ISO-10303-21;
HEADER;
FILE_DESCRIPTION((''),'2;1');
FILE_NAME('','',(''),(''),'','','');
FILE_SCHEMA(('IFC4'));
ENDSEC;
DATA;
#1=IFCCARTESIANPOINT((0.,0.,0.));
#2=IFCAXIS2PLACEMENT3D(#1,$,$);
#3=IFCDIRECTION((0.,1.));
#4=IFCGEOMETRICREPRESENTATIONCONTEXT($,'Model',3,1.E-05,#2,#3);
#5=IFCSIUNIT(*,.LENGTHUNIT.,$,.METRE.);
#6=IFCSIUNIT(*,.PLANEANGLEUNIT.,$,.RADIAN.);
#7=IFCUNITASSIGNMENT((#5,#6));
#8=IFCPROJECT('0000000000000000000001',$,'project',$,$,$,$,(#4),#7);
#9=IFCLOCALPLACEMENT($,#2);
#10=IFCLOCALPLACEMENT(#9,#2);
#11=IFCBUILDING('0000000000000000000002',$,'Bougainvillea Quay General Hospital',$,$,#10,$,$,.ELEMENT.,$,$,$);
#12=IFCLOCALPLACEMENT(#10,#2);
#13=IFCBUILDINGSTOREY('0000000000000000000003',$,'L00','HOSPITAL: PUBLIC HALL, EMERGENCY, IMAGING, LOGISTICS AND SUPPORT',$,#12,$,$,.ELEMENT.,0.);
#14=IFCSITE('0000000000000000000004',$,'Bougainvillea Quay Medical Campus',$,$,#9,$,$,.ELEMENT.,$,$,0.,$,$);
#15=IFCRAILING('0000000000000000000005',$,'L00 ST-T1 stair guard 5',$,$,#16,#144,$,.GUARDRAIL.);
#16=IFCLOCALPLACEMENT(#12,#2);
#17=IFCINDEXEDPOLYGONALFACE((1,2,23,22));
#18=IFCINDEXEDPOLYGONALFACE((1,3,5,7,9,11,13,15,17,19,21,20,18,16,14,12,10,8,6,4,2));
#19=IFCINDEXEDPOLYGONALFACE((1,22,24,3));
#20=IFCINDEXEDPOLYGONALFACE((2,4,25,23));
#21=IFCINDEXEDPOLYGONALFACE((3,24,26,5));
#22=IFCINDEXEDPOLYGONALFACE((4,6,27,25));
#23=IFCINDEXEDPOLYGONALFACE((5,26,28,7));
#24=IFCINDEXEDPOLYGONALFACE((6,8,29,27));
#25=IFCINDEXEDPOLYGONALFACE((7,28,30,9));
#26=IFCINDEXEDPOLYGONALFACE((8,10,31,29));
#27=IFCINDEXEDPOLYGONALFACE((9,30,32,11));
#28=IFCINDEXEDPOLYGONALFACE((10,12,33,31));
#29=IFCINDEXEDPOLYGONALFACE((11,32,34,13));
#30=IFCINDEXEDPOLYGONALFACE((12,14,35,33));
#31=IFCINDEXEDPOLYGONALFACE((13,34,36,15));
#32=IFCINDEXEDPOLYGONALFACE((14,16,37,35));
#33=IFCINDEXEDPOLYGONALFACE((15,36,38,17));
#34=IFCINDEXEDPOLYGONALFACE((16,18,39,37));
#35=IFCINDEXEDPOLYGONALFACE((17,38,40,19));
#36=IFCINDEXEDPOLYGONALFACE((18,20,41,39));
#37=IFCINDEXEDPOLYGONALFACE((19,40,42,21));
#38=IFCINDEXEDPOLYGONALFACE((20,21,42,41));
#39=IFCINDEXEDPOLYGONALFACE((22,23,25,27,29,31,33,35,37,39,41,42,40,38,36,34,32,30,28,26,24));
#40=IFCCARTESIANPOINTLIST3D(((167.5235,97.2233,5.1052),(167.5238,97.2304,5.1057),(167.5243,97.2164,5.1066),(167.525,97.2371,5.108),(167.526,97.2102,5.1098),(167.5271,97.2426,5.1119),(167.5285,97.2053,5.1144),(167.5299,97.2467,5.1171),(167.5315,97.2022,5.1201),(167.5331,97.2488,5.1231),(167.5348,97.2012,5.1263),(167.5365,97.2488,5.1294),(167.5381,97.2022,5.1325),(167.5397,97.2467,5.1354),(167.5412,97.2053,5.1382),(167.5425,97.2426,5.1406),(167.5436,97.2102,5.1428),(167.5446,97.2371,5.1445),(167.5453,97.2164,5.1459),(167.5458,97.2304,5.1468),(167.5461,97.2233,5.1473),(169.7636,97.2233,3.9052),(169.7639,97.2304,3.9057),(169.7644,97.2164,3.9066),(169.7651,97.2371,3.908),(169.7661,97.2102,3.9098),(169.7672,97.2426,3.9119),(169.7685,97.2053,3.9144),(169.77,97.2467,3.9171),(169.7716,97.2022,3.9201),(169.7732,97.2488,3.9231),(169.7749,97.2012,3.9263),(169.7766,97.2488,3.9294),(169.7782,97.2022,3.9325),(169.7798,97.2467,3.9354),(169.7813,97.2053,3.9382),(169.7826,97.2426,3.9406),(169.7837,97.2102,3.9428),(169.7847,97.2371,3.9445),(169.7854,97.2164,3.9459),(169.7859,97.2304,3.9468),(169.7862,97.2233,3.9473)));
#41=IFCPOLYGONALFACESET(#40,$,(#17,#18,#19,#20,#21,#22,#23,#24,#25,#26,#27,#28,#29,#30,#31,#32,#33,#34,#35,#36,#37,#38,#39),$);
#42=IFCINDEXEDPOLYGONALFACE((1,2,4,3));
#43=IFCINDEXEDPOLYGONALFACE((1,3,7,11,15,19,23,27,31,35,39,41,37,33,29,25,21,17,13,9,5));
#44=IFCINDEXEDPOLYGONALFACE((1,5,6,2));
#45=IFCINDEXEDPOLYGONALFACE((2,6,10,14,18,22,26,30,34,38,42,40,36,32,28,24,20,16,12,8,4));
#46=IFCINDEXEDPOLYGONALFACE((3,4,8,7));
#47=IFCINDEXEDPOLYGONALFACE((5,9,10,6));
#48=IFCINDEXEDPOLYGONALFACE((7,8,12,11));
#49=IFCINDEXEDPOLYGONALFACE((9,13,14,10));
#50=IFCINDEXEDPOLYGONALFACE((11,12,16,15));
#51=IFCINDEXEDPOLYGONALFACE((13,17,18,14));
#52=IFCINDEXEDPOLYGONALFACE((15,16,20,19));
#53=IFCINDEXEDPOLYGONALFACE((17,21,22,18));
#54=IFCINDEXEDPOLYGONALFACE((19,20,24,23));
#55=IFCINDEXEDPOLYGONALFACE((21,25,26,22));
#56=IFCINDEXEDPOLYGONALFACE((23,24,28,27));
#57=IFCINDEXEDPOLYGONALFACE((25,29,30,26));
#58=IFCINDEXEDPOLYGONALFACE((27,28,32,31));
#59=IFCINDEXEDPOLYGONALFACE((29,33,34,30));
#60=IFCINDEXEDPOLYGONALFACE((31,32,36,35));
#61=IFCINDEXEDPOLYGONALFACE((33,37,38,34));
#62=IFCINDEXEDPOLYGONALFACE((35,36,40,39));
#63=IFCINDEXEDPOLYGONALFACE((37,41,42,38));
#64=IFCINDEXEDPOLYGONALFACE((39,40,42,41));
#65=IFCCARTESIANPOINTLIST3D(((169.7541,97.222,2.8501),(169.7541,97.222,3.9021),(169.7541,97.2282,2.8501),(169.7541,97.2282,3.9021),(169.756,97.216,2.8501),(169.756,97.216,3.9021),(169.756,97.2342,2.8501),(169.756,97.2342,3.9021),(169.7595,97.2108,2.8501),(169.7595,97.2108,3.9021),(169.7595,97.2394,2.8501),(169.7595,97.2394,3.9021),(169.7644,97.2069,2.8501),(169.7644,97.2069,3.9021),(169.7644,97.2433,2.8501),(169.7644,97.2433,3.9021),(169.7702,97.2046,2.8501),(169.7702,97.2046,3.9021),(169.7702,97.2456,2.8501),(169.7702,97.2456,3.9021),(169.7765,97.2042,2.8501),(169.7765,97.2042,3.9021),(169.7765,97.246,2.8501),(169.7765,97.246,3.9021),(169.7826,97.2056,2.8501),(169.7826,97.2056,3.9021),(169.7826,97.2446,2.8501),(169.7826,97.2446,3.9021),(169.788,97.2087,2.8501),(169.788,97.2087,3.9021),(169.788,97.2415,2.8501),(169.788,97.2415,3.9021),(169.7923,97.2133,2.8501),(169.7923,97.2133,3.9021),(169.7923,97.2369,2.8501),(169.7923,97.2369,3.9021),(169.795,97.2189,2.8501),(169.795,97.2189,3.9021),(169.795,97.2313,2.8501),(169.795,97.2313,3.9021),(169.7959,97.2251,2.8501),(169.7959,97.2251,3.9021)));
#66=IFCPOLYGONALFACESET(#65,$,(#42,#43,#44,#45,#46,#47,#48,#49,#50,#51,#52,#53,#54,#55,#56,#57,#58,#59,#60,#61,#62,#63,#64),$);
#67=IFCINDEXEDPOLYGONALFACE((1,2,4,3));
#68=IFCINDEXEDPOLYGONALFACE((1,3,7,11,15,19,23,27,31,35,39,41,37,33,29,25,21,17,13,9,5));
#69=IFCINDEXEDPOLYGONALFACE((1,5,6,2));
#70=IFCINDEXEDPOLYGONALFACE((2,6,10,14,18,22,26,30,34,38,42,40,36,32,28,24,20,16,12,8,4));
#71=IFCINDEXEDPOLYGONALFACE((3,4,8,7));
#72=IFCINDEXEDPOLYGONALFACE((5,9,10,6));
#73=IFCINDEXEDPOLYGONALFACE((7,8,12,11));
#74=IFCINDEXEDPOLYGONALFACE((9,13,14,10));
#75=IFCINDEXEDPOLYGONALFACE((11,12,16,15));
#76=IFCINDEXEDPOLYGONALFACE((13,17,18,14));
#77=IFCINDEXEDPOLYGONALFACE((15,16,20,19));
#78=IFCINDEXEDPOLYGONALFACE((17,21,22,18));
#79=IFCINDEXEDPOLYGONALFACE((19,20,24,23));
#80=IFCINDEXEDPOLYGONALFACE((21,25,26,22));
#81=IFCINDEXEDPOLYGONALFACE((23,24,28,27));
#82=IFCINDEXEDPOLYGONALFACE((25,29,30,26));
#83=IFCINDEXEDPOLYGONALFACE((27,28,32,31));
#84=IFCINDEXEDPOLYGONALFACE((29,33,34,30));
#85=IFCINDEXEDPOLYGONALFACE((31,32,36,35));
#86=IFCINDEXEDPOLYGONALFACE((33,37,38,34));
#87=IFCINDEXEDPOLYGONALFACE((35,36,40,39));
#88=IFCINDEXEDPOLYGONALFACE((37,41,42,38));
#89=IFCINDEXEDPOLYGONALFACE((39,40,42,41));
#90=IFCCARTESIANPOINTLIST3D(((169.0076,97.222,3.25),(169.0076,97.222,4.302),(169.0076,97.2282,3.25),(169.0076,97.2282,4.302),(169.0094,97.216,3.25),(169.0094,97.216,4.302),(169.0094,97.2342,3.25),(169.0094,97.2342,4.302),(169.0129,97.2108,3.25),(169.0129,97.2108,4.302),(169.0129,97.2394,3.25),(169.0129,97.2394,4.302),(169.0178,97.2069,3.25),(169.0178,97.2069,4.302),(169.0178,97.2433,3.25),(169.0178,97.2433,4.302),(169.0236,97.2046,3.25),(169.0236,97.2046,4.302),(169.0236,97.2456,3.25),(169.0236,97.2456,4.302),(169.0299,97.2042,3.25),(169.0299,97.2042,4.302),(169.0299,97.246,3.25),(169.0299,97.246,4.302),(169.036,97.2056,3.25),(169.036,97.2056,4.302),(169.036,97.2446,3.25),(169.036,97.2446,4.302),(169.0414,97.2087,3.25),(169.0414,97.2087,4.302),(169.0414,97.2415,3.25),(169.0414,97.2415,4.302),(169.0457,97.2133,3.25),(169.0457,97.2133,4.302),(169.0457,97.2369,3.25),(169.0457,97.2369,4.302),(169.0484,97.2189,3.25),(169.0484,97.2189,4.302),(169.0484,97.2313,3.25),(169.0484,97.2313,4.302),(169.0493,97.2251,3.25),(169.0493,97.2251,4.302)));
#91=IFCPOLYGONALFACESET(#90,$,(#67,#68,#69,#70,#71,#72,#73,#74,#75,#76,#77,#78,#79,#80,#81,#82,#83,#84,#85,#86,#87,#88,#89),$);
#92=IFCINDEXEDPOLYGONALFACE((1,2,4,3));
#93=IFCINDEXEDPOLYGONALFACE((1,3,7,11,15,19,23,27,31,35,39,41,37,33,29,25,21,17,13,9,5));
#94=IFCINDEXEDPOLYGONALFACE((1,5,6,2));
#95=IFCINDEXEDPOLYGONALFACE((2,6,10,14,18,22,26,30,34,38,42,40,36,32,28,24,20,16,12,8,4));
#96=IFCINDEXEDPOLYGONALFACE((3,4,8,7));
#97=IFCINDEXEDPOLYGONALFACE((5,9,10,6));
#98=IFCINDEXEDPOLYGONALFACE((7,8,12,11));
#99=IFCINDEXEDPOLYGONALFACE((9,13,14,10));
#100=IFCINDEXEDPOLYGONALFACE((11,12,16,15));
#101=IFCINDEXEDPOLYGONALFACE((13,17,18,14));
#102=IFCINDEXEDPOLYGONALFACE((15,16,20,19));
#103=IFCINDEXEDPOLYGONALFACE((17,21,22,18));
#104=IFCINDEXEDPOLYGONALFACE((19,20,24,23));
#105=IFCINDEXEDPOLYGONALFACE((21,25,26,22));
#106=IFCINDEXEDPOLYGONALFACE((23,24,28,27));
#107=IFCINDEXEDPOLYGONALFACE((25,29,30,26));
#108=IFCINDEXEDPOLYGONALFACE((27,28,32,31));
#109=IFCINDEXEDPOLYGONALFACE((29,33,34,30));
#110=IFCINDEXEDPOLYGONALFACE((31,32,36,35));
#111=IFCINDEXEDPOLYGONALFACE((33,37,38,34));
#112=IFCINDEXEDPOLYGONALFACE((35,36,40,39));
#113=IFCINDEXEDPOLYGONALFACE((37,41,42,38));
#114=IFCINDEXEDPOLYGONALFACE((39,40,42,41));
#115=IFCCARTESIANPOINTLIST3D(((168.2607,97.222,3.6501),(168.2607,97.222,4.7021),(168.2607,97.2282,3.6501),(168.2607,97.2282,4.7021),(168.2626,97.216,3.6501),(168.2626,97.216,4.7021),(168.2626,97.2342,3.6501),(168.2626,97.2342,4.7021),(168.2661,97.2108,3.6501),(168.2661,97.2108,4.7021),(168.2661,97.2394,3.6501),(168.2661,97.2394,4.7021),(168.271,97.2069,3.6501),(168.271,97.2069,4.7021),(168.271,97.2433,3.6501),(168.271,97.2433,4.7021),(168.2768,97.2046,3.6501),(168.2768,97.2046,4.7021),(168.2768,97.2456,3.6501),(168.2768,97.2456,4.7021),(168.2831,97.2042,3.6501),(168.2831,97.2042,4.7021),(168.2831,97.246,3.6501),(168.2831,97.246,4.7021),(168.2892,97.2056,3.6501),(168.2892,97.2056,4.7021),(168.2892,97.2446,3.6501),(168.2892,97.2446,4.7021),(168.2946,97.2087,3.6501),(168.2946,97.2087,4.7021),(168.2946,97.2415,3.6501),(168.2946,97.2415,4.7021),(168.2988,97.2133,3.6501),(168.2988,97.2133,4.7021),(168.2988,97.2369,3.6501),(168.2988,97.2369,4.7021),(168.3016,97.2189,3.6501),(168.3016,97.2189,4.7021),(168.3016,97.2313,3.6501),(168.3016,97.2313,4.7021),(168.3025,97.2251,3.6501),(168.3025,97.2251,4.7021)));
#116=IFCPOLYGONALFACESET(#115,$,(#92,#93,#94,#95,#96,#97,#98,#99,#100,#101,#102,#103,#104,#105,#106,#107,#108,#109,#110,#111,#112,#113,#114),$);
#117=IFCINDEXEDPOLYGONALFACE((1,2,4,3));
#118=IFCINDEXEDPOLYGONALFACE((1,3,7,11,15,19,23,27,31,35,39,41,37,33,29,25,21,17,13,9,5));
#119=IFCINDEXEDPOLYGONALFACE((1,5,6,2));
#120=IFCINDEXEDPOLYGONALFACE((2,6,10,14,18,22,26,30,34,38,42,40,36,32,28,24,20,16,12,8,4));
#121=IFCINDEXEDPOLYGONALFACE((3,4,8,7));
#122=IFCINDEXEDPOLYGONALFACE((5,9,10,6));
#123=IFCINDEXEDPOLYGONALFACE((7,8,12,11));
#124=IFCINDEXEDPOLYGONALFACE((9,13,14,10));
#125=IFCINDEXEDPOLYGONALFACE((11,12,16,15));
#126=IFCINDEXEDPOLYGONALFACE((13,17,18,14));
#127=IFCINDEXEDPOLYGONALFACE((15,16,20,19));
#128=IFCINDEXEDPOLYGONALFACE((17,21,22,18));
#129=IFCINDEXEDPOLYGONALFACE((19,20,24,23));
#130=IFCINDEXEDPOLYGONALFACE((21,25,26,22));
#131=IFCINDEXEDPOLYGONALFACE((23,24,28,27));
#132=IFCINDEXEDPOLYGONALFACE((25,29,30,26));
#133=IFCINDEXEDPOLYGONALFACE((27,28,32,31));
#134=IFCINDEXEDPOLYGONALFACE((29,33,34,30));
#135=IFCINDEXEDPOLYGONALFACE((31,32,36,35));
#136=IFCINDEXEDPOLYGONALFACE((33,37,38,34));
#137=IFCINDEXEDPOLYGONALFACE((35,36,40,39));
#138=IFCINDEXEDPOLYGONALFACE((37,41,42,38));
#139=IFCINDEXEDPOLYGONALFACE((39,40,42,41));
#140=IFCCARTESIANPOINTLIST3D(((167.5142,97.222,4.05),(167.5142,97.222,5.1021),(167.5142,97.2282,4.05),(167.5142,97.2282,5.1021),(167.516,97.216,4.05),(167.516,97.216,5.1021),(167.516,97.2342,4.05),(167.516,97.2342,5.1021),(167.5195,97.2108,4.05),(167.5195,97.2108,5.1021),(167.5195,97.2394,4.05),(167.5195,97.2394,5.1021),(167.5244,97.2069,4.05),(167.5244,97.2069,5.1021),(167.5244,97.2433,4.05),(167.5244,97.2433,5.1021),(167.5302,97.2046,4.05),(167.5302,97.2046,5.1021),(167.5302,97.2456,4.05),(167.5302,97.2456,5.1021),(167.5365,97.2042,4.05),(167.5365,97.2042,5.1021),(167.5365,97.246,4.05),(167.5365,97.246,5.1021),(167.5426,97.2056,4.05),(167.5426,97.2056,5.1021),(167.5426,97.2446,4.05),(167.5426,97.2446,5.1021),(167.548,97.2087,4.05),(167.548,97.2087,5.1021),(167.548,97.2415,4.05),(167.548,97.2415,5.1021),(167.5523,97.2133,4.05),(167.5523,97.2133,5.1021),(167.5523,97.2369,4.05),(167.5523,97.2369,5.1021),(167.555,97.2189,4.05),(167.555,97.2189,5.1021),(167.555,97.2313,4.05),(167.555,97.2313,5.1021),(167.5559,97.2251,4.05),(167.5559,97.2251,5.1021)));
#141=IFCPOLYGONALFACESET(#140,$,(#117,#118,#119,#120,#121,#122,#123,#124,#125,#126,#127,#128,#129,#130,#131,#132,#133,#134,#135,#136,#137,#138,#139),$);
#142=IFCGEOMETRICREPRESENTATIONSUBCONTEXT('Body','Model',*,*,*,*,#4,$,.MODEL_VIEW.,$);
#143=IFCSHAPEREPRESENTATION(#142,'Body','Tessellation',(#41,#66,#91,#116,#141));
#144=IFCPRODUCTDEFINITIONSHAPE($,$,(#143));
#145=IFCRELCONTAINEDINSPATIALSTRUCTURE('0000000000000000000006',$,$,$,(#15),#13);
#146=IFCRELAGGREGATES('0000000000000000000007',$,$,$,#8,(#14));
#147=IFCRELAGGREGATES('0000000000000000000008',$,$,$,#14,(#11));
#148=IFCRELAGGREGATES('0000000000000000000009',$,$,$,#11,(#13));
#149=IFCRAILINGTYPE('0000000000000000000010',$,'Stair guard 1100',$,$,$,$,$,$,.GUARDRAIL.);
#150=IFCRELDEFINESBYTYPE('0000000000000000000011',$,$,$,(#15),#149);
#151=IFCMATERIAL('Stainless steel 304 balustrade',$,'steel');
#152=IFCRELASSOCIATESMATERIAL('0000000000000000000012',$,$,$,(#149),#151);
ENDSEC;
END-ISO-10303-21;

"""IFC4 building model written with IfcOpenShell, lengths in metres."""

from ifc_helpers import new_model, si_unit, direction, frame, origin, origin_2d, place, context, subcontext, project, spatial, circle, extrude, material, type_object, element, save


model = new_model("IFC4")

# Units and contexts
model_context = context("Model", 3, precision=1e-05, world=origin(), true_north=direction((0.0, 1.0)))
body_context = subcontext(model_context, "Body", "Model", "MODEL_VIEW")
ifc_project = project(units=[si_unit("LENGTHUNIT", "METRE"), si_unit("PLANEANGLEUNIT", "RADIAN")], contexts=[model_context])

# Site, building, storey
site_placement = place(None, origin())
site = spatial("IfcSite", under=ifc_project, at=site_placement, Name="Bougainvillea Quay Medical Campus", CompositionType="ELEMENT", RefElevation=0.0)
building_placement = place(site_placement, origin())
building = spatial("IfcBuilding", under=site, at=building_placement, Name="Bougainvillea Quay General Hospital", CompositionType="ELEMENT")
storey_placement = place(building_placement, origin())
storey = spatial("IfcBuildingStorey", under=building, at=storey_placement, Name="L00", Description="HOSPITAL: PUBLIC HALL, EMERGENCY, IMAGING, LOGISTICS AND SUPPORT", CompositionType="ELEMENT", Elevation=0.0)

# Railing
ifc_material_1 = material(Name="Stainless steel 304 balustrade", Category="steel")
railing_type_1 = type_object("IfcRailingType", Name="Stair guard 1100", PredefinedType="GUARDRAIL", material=ifc_material_1)
railing_1_placement = place(storey_placement, frame((169.7749, 97.2251, 2.8501)))
element("IfcRailing", 1, at=railing_1_placement, inside=storey, type_object=railing_type_1, Name="L00 ST-T1 stair guard 5", PredefinedType="GUARDRAIL", context=body_context, shape_type="SweptSolid", body=[
    extrude(circle(Radius=0.0239, at=origin_2d()), frame((0.0, 0.0, 1.0762), z_axis=(-0.881487, 0.0, 0.472208), x_axis=(0.0, -1.0, 0.0)), (0.0, 0.0, 1.0), 2.5413),
    extrude(circle(Radius=0.021, at=origin_2d()), origin(), (0.0, 0.0, 1.0), 1.052),
    extrude(circle(Radius=0.021, at=origin_2d()), frame((-0.7466, 0.0, 0.3999)), (0.0, 0.0, 1.0), 1.052),
    extrude(circle(Radius=0.021, at=origin_2d()), frame((-1.4934, 0.0, 0.8)), (0.0, 0.0, 1.0), 1.052),
    extrude(circle(Radius=0.021, at=origin_2d()), frame((-2.24, 0.0, 1.2)), (0.0, 0.0, 1.0), 1.052),
])

save(model, "model.ifc")
